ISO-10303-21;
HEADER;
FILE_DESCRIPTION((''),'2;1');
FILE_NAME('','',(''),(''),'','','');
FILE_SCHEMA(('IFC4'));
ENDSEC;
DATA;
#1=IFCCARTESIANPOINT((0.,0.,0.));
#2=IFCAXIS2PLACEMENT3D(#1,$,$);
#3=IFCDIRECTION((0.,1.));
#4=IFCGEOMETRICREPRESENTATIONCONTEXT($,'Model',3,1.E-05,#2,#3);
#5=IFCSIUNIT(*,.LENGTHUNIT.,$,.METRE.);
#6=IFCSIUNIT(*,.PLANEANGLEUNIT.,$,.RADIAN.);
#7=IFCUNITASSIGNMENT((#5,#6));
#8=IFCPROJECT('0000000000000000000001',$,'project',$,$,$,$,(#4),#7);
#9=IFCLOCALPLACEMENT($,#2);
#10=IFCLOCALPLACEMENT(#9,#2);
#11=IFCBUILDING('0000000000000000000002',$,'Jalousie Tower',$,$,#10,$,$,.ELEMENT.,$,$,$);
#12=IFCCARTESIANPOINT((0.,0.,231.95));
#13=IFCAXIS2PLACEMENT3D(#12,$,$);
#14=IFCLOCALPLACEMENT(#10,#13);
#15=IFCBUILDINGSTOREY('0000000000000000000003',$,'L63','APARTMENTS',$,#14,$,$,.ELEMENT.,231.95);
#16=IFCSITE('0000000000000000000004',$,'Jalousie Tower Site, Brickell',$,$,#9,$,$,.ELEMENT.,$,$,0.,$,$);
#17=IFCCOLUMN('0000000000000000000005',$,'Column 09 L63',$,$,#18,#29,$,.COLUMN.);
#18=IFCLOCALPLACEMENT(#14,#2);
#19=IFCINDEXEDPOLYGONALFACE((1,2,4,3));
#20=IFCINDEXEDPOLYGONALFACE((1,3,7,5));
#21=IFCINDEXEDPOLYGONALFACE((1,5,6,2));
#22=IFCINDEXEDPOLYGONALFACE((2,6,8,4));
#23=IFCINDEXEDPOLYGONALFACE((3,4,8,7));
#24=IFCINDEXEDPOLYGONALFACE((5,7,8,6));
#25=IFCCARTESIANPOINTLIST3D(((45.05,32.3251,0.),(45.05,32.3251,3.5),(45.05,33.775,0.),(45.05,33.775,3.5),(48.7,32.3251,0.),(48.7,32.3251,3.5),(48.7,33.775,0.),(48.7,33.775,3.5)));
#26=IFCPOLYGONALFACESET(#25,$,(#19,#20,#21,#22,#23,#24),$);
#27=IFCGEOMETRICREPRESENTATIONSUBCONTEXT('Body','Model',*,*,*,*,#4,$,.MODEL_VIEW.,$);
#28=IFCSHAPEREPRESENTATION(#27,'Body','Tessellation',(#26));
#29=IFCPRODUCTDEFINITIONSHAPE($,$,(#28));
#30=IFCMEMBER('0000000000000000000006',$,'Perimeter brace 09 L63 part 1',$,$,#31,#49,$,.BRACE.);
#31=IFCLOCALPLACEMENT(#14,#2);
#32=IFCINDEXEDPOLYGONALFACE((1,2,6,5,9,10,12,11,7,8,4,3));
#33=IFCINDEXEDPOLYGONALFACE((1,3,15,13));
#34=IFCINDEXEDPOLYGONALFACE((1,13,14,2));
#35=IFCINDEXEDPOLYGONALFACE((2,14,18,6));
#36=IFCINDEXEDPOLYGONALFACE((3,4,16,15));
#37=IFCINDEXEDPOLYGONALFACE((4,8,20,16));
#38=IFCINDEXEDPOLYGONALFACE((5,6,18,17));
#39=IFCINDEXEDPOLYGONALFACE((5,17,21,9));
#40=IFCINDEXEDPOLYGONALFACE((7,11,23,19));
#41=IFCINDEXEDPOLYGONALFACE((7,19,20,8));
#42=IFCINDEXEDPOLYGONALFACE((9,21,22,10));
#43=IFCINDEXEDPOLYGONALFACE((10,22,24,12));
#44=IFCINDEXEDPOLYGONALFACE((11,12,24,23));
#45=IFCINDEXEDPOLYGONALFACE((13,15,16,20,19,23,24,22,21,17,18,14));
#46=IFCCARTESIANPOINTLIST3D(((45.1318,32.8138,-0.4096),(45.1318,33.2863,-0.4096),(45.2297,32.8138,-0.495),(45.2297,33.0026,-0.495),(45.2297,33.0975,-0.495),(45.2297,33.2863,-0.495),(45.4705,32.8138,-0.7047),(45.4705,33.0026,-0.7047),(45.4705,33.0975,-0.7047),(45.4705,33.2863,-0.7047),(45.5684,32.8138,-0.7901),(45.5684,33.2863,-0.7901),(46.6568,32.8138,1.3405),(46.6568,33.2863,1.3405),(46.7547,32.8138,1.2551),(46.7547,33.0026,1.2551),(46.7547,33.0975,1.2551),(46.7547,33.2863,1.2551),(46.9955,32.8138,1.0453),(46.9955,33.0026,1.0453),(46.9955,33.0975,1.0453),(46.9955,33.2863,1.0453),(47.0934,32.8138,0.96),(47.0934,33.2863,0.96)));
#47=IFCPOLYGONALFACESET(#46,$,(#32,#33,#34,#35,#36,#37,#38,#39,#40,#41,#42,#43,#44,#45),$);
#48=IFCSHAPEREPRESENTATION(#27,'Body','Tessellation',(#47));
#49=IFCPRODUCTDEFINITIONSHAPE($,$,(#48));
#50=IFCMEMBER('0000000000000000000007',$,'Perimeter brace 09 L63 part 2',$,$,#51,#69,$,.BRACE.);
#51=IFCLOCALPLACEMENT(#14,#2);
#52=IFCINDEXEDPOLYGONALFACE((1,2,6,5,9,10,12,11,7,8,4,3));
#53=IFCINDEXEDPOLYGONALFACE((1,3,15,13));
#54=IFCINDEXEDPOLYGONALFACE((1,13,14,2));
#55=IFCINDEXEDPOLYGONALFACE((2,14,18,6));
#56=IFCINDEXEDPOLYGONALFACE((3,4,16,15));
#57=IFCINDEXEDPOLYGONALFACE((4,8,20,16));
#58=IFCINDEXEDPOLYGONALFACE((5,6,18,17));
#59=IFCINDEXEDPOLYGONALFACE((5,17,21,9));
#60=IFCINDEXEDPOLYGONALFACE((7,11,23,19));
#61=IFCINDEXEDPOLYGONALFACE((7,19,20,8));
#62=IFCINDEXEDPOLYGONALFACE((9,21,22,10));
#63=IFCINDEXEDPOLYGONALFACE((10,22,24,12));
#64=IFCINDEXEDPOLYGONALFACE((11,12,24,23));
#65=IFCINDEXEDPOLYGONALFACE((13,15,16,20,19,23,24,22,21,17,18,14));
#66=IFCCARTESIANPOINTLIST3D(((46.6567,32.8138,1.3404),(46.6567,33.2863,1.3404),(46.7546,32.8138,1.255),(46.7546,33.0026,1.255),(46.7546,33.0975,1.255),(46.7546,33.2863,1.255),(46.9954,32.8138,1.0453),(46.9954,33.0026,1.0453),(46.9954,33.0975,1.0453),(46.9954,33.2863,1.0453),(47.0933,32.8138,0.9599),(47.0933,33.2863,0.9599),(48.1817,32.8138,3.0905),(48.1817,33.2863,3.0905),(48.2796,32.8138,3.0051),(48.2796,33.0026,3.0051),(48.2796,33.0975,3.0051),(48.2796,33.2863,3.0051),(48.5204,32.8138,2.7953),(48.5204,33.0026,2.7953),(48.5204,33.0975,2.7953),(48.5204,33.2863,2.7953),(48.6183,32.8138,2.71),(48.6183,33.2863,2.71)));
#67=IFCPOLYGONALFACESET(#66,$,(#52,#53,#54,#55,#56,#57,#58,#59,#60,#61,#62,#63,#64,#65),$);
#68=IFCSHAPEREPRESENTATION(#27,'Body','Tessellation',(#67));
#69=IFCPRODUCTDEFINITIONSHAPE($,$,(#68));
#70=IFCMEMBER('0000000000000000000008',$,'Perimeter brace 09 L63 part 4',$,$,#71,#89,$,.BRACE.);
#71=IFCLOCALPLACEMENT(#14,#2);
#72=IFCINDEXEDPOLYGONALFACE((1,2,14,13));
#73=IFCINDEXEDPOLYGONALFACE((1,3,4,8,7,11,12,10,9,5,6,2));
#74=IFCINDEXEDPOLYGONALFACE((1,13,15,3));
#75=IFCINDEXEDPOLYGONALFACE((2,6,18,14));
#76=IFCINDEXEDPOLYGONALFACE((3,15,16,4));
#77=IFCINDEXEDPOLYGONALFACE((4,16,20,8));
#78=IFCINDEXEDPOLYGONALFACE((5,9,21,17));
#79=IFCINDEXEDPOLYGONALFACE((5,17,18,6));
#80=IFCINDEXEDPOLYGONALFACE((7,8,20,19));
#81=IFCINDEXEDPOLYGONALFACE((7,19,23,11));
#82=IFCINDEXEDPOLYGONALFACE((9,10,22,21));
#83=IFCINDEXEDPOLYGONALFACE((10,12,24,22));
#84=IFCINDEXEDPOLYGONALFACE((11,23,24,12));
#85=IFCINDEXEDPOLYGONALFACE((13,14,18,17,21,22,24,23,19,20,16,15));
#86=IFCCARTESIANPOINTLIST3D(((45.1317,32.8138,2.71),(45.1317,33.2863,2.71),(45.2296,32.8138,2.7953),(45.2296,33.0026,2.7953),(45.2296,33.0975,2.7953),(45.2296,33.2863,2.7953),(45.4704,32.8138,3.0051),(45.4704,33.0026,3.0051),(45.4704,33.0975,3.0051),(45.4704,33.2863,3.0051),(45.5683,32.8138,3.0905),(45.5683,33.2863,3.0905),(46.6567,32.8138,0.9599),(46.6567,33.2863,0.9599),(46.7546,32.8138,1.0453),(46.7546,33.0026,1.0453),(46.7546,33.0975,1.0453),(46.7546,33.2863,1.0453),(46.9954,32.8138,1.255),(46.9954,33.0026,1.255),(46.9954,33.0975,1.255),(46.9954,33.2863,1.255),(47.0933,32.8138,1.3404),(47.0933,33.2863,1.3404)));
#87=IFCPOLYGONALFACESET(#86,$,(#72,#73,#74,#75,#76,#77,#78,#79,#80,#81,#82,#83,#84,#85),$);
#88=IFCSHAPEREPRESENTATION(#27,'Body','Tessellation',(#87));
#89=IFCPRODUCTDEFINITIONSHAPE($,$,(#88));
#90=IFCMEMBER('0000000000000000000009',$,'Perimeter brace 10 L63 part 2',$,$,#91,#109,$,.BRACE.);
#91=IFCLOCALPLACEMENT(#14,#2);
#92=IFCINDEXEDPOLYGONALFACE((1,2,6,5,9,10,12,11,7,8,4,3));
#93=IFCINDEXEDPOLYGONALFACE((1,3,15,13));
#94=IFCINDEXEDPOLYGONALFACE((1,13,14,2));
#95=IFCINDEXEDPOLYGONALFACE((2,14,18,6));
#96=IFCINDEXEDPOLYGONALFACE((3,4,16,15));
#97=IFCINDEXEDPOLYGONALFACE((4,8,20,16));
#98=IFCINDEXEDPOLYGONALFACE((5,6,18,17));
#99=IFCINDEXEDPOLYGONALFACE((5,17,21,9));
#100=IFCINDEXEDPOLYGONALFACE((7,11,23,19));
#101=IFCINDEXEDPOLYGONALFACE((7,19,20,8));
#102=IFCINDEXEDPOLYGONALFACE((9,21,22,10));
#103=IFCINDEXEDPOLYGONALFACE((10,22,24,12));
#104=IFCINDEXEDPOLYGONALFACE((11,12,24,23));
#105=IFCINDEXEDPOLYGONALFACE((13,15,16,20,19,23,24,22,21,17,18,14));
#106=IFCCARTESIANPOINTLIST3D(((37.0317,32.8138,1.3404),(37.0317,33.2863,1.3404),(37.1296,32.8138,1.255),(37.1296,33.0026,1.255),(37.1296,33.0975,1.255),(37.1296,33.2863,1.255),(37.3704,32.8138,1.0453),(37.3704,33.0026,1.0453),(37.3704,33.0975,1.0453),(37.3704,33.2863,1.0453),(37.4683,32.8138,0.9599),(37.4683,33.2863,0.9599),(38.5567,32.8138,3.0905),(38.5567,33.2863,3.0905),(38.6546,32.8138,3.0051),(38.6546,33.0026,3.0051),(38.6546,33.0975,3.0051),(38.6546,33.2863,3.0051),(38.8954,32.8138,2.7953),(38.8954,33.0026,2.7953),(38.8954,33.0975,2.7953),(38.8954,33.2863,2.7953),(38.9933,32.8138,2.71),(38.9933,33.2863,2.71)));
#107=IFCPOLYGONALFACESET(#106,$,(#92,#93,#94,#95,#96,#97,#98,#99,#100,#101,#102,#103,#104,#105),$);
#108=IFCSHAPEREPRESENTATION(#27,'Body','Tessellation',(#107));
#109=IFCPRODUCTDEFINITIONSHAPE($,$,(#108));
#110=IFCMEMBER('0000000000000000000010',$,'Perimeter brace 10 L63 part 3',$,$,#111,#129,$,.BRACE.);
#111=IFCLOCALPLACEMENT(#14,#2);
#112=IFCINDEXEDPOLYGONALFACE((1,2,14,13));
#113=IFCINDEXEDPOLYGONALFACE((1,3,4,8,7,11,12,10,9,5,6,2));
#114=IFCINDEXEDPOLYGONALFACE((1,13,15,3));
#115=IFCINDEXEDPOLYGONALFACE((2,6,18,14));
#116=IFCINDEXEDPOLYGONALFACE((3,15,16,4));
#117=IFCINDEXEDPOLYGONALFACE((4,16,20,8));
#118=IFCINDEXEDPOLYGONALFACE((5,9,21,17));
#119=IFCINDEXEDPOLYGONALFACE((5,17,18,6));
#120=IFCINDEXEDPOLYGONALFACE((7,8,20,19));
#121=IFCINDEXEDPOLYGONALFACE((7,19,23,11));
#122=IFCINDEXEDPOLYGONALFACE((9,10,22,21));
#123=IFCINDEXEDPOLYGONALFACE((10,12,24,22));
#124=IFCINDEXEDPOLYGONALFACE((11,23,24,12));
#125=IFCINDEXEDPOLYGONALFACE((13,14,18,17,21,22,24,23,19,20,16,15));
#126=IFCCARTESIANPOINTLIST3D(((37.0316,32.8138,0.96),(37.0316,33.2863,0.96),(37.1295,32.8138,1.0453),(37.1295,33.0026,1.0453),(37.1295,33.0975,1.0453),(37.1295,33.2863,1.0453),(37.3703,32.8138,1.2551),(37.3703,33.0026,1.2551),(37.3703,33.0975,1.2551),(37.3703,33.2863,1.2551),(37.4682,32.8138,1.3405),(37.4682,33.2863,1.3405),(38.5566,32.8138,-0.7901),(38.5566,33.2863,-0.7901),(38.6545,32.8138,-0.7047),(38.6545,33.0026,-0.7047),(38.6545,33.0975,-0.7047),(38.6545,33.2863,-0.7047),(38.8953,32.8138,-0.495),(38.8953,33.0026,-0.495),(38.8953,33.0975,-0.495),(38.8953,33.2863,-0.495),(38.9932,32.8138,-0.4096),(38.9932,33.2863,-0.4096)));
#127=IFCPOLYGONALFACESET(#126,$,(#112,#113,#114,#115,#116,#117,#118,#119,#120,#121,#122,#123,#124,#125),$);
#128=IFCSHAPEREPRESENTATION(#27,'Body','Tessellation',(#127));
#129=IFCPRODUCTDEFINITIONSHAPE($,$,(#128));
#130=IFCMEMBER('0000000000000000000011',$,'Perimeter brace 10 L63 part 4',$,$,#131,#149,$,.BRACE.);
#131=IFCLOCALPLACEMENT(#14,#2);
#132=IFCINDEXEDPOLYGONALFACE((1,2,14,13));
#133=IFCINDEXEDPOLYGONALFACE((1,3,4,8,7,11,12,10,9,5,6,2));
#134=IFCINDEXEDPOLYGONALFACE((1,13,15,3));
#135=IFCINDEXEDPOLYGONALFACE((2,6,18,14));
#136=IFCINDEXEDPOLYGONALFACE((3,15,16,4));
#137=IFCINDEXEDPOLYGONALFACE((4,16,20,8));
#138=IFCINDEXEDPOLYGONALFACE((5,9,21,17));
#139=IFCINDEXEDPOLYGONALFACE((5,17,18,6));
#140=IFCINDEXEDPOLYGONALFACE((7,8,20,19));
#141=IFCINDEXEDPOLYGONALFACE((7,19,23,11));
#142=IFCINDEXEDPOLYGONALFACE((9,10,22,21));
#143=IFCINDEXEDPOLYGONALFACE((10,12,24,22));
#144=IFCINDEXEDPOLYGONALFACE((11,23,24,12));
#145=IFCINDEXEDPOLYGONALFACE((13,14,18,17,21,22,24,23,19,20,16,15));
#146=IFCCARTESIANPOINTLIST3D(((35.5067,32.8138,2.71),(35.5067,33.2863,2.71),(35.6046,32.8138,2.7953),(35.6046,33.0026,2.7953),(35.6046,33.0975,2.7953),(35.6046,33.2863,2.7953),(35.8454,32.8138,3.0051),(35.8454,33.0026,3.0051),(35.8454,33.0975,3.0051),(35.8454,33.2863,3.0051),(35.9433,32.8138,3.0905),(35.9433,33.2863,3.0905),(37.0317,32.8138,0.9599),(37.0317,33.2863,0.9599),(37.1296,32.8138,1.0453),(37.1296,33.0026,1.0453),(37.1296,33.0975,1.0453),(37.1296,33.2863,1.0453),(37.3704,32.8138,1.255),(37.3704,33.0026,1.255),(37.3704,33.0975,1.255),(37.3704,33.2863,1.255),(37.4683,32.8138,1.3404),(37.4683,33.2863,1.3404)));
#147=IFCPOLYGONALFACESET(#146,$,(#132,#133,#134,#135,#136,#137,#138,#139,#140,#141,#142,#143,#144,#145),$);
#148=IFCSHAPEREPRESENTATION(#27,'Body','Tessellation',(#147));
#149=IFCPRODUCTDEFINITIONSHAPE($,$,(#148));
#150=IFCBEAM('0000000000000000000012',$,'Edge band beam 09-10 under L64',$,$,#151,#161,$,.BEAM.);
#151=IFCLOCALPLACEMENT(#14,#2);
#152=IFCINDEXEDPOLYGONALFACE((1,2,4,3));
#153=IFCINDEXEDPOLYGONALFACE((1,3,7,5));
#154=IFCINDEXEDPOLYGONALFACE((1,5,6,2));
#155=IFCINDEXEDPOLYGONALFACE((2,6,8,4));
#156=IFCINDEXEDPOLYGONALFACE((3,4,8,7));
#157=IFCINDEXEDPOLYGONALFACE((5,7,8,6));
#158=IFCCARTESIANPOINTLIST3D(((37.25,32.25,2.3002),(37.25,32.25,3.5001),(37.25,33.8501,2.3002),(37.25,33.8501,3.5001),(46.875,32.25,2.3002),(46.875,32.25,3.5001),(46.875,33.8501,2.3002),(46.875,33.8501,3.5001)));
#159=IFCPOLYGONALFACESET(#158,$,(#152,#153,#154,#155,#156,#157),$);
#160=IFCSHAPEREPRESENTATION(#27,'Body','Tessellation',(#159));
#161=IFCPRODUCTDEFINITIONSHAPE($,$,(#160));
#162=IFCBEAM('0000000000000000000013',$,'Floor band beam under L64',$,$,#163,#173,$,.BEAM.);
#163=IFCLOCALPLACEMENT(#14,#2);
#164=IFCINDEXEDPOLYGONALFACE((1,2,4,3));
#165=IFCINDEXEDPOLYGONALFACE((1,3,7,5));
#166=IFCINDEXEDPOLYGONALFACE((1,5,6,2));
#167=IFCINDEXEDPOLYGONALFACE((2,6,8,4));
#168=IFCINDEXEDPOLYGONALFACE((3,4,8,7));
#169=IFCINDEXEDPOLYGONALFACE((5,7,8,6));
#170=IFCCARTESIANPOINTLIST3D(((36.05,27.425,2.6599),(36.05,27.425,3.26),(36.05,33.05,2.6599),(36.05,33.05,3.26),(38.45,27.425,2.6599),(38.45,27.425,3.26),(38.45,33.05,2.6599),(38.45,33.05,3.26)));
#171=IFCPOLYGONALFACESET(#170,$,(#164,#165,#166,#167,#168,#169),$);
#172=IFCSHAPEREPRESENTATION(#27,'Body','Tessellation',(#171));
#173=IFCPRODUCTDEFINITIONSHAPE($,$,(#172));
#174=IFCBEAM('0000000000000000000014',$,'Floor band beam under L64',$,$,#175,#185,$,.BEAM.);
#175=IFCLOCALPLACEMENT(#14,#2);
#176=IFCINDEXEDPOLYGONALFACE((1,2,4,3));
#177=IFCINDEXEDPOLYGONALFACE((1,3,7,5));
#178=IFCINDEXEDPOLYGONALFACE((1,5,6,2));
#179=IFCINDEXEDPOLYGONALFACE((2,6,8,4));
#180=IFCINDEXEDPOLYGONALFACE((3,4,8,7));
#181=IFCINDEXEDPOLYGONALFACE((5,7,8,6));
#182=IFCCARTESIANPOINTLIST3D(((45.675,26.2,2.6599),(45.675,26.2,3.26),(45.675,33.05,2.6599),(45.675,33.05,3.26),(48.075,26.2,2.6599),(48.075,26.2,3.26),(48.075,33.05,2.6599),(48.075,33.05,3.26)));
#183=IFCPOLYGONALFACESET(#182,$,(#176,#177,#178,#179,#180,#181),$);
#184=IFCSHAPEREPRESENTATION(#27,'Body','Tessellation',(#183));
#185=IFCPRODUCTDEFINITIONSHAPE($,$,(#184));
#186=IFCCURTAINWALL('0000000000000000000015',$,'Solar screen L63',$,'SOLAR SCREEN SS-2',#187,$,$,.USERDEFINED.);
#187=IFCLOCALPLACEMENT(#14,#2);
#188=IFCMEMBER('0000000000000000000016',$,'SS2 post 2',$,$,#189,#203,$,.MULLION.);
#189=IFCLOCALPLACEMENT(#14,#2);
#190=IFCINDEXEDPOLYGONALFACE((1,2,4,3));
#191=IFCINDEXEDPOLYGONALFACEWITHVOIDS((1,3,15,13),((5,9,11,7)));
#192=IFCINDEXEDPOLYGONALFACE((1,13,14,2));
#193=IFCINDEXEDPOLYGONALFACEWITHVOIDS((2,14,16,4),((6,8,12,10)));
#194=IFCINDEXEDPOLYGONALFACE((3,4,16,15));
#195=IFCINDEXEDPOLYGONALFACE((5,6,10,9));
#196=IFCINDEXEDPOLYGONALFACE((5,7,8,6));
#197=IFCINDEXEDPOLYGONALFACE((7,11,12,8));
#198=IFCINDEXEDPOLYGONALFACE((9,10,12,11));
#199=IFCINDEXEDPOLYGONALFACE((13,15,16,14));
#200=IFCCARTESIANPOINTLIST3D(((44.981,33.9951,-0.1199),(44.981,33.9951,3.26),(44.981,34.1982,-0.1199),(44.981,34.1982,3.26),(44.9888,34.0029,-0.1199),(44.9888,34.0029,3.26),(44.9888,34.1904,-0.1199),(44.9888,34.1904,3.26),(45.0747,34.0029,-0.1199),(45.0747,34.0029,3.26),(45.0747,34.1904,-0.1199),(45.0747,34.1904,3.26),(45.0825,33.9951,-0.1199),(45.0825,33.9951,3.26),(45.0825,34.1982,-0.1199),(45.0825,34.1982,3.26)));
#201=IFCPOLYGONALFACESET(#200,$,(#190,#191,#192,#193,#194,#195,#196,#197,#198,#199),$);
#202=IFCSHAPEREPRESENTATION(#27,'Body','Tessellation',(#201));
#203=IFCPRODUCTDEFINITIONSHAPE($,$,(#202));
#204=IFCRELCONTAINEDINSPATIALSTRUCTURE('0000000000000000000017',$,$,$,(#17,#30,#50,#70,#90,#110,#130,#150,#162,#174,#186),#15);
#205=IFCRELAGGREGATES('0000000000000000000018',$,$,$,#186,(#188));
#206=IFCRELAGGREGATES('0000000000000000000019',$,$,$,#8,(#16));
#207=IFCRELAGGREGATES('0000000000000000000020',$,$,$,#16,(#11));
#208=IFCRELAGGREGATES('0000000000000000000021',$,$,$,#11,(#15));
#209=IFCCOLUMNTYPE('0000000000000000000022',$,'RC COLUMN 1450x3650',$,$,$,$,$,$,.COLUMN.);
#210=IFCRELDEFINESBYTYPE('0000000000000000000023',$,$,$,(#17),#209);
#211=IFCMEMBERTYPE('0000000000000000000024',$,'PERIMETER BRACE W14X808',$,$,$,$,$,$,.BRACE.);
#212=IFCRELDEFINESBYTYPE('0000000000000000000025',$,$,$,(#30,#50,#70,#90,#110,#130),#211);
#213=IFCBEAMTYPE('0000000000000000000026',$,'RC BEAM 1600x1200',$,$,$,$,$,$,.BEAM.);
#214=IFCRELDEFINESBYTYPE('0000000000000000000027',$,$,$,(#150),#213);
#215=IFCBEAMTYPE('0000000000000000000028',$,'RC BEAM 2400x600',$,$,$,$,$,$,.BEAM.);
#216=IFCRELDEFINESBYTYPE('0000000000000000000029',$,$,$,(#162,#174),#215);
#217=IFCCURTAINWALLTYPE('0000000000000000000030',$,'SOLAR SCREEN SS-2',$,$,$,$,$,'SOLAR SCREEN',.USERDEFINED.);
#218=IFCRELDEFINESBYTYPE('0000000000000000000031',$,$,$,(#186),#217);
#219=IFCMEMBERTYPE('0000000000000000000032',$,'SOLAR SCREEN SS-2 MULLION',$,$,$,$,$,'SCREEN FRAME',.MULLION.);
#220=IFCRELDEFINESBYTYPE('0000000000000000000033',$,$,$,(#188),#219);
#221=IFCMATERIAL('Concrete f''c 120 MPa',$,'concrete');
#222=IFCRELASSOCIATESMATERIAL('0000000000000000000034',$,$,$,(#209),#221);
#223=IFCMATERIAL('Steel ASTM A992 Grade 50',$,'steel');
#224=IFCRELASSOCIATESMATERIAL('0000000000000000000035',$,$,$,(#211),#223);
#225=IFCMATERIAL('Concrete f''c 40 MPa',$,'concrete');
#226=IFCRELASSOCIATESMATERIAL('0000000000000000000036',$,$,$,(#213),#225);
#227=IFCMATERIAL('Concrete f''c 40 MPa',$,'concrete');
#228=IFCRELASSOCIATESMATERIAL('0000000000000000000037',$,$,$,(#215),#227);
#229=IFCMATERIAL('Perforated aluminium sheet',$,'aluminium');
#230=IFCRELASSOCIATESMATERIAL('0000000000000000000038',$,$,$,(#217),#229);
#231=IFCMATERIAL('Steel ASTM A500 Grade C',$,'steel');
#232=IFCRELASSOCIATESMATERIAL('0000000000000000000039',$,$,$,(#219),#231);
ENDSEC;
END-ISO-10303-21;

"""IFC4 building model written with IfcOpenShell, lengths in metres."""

from ifc_helpers import new_model, si_unit, direction, frame, origin, origin_2d, place, context, subcontext, project, spatial, rectangle, hollow_rectangle, i_section, extrude, material, material_profile, profile_set, type_object, element, aggregate, save


model = new_model("IFC4")

# Units and contexts
model_context = context("Model", 3, precision=1e-05, world=origin(), true_north=direction((0.0, 1.0)))
body_context = subcontext(model_context, "Body", "Model", "MODEL_VIEW")
ifc_project = project(units=[si_unit("LENGTHUNIT", "METRE"), si_unit("PLANEANGLEUNIT", "RADIAN")], contexts=[model_context])

# Site, building, storey
site_placement = place(None, origin())
site = spatial("IfcSite", under=ifc_project, at=site_placement, Name="Jalousie Tower Site, Brickell", CompositionType="ELEMENT", RefElevation=0.0)
building_placement = place(site_placement, origin())
building = spatial("IfcBuilding", under=site, at=building_placement, Name="Jalousie Tower", CompositionType="ELEMENT")
storey_placement = place(building_placement, frame((0.0, 0.0, 231.95)))
storey = spatial("IfcBuildingStorey", under=building, at=storey_placement, Name="L63", Description="APARTMENTS", CompositionType="ELEMENT", Elevation=231.95)

# Column
ifc_material_1 = material(Name="Concrete f'c 120 MPa", Category="concrete")
ifc_material_profile_1 = material_profile(ifc_material_1, rectangle(XDim=1.45, YDim=3.6499, at=origin_2d()), Name="RC 1450x3650")
ifc_profile_set_1 = profile_set([ifc_material_profile_1], Name="Concrete f'c 120 MPa")
column_type = type_object("IfcColumnType", Name="RC COLUMN 1450x3650", PredefinedType="COLUMN", material=ifc_profile_set_1)
column_placement = place(storey_placement, frame((46.875, 33.05, 0.0), z_axis=(0.0, 0.0, 1.0), x_axis=(0.0, 1.0, 0.0)))
element("IfcColumn", 1, at=column_placement, inside=storey, type_object=column_type, Name="Column 09 L63", PredefinedType="COLUMN", context=body_context, shape_type="SweptSolid", body=[
    extrude(rectangle(XDim=1.45, YDim=3.6499, at=origin_2d()), origin(), (0.0, 0.0, 1.0), 3.5),
])

# Members
ifc_material_2 = material(Name="Steel ASTM A992 Grade 50", Category="steel")
ifc_material_profile_2 = material_profile(ifc_material_2, i_section(OverallWidth=0.4724, OverallDepth=0.5791, WebThickness=0.095, FlangeThickness=0.1299, at=origin_2d()), Name="W14X808")
ifc_profile_set_2 = profile_set([ifc_material_profile_2], Name="Steel ASTM A992 Grade 50")
member_type_1 = type_object("IfcMemberType", Name="PERIMETER BRACE W14X808", PredefinedType="BRACE", material=ifc_profile_set_2)
for number, where, z_axis, x_axis, name in (
    (2, (45.3501, 33.05, -0.5999), (0.656954, 0.0, 0.75393), (0.0, 1.0, 0.0), "Perimeter brace 09 L63 part 1"),
    (3, (46.875, 33.05, 1.1501), (0.656954, 0.0, 0.75393), (0.0, 1.0, 0.0), "Perimeter brace 09 L63 part 2"),
    (4, (46.875, 33.05, 1.1501), (-0.656954, 0.0, 0.75393), (0.0, -1.0, 0.0), "Perimeter brace 09 L63 part 4"),
    (5, (37.25, 33.05, 1.1501), (0.656954, 0.0, 0.75393), (0.0, 1.0, 0.0), "Perimeter brace 10 L63 part 2"),
    (6, (38.7749, 33.05, -0.5999), (-0.656954, 0.0, 0.75393), (0.0, -1.0, 0.0), "Perimeter brace 10 L63 part 3"),
    (7, (37.25, 33.05, 1.1501), (-0.656954, 0.0, 0.75393), (0.0, -1.0, 0.0), "Perimeter brace 10 L63 part 4"),
):
    element("IfcMember", number, at=place(storey_placement, frame(where, z_axis=z_axis, x_axis=x_axis)), inside=storey, type_object=member_type_1, Name=name, PredefinedType="BRACE", context=body_context, shape_type="SweptSolid", body=[
        extrude(i_section(OverallWidth=0.4724, OverallDepth=0.5791, WebThickness=0.095, FlangeThickness=0.1299, at=origin_2d()), origin(), (0.0, 0.0, 1.0), 2.3213),
    ])

# Beams
ifc_material_3 = material(Name="Concrete f'c 40 MPa", Category="concrete")
ifc_material_profile_3 = material_profile(ifc_material_3, rectangle(XDim=1.6001, YDim=1.2, at=origin_2d()), Name="RC 1600x1200")
ifc_profile_set_3 = profile_set([ifc_material_profile_3], Name="Concrete f'c 40 MPa")
beam_type_1 = type_object("IfcBeamType", Name="RC BEAM 1600x1200", PredefinedType="BEAM", material=ifc_profile_set_3)
beam_1_placement = place(storey_placement, frame((46.875, 33.05, 2.9001), z_axis=(-1.0, 0.0, 0.0), x_axis=(0.0, -1.0, 0.0)))
element("IfcBeam", 8, at=beam_1_placement, inside=storey, type_object=beam_type_1, Name="Edge band beam 09-10 under L64", PredefinedType="BEAM", context=body_context, shape_type="SweptSolid", body=[
    extrude(rectangle(XDim=1.6001, YDim=1.2, at=origin_2d()), origin(), (0.0, 0.0, 1.0), 9.625),
])
ifc_material_4 = material(Name="Concrete f'c 40 MPa", Category="concrete")
ifc_material_profile_4 = material_profile(ifc_material_4, rectangle(XDim=2.3999, YDim=0.6001, at=origin_2d()), Name="RC 2400x600")
ifc_profile_set_4 = profile_set([ifc_material_profile_4], Name="Concrete f'c 40 MPa")
beam_type_2 = type_object("IfcBeamType", Name="RC BEAM 2400x600", PredefinedType="BEAM", material=ifc_profile_set_4)
beam_2_placement = place(storey_placement, frame((37.25, 33.05, 2.96), z_axis=(0.0, -1.0, 0.0), x_axis=(1.0, 0.0, 0.0)))
element("IfcBeam", 9, at=beam_2_placement, inside=storey, type_object=beam_type_2, Name="Floor band beam under L64", PredefinedType="BEAM", context=body_context, shape_type="SweptSolid", body=[
    extrude(rectangle(XDim=2.3999, YDim=0.6001, at=origin_2d()), origin(), (0.0, 0.0, 1.0), 5.625),
])
beam_3_placement = place(storey_placement, frame((46.875, 33.05, 2.96), z_axis=(0.0, -1.0, 0.0), x_axis=(1.0, 0.0, 0.0)))
element("IfcBeam", 10, at=beam_3_placement, inside=storey, type_object=beam_type_2, Name="Floor band beam under L64", PredefinedType="BEAM", context=body_context, shape_type="SweptSolid", body=[
    extrude(rectangle(XDim=2.3999, YDim=0.6001, at=origin_2d()), origin(), (0.0, 0.0, 1.0), 6.8501),
])

# Curtain wall, member
ifc_material_5 = material(Name="Perforated aluminium sheet", Category="aluminium")
curtain_wall_type = type_object("IfcCurtainWallType", Name="SOLAR SCREEN SS-2", ElementType="SOLAR SCREEN", PredefinedType="USERDEFINED", material=ifc_material_5)
curtain_wall_1_placement = place(storey_placement, origin())
curtain_wall_1 = element("IfcCurtainWall", 11, at=curtain_wall_1_placement, inside=storey, type_object=curtain_wall_type, Name="Solar screen L63", ObjectType="SOLAR SCREEN SS-2", PredefinedType="USERDEFINED")
ifc_material_6 = material(Name="Steel ASTM A500 Grade C", Category="steel")
ifc_material_profile_5 = material_profile(ifc_material_6, hollow_rectangle(XDim=0.1016, YDim=0.2031, WallThickness=0.0078, at=origin_2d()), Name="HSS8X4X5/16")
ifc_profile_set_5 = profile_set([ifc_material_profile_5], Name="Steel ASTM A500 Grade C")
member_type_2 = type_object("IfcMemberType", Name="SOLAR SCREEN SS-2 MULLION", ElementType="SCREEN FRAME", PredefinedType="MULLION", material=ifc_profile_set_5)
member_1_placement = place(storey_placement, frame((45.0317, 34.0967, -0.1199), z_axis=(0.0, 0.0, 1.0), x_axis=(-1.0, 0.0, 0.0)))
member_1 = element("IfcMember", 12, at=member_1_placement, type_object=member_type_2, Name="SS2 post 2", PredefinedType="MULLION", context=body_context, shape_type="SweptSolid", body=[
    extrude(hollow_rectangle(XDim=0.1016, YDim=0.2031, WallThickness=0.0078, at=origin_2d()), origin(), (0.0, 0.0, 1.0), 3.3799),
])

aggregate(curtain_wall_1, [member_1])

save(model, "model.ifc")
